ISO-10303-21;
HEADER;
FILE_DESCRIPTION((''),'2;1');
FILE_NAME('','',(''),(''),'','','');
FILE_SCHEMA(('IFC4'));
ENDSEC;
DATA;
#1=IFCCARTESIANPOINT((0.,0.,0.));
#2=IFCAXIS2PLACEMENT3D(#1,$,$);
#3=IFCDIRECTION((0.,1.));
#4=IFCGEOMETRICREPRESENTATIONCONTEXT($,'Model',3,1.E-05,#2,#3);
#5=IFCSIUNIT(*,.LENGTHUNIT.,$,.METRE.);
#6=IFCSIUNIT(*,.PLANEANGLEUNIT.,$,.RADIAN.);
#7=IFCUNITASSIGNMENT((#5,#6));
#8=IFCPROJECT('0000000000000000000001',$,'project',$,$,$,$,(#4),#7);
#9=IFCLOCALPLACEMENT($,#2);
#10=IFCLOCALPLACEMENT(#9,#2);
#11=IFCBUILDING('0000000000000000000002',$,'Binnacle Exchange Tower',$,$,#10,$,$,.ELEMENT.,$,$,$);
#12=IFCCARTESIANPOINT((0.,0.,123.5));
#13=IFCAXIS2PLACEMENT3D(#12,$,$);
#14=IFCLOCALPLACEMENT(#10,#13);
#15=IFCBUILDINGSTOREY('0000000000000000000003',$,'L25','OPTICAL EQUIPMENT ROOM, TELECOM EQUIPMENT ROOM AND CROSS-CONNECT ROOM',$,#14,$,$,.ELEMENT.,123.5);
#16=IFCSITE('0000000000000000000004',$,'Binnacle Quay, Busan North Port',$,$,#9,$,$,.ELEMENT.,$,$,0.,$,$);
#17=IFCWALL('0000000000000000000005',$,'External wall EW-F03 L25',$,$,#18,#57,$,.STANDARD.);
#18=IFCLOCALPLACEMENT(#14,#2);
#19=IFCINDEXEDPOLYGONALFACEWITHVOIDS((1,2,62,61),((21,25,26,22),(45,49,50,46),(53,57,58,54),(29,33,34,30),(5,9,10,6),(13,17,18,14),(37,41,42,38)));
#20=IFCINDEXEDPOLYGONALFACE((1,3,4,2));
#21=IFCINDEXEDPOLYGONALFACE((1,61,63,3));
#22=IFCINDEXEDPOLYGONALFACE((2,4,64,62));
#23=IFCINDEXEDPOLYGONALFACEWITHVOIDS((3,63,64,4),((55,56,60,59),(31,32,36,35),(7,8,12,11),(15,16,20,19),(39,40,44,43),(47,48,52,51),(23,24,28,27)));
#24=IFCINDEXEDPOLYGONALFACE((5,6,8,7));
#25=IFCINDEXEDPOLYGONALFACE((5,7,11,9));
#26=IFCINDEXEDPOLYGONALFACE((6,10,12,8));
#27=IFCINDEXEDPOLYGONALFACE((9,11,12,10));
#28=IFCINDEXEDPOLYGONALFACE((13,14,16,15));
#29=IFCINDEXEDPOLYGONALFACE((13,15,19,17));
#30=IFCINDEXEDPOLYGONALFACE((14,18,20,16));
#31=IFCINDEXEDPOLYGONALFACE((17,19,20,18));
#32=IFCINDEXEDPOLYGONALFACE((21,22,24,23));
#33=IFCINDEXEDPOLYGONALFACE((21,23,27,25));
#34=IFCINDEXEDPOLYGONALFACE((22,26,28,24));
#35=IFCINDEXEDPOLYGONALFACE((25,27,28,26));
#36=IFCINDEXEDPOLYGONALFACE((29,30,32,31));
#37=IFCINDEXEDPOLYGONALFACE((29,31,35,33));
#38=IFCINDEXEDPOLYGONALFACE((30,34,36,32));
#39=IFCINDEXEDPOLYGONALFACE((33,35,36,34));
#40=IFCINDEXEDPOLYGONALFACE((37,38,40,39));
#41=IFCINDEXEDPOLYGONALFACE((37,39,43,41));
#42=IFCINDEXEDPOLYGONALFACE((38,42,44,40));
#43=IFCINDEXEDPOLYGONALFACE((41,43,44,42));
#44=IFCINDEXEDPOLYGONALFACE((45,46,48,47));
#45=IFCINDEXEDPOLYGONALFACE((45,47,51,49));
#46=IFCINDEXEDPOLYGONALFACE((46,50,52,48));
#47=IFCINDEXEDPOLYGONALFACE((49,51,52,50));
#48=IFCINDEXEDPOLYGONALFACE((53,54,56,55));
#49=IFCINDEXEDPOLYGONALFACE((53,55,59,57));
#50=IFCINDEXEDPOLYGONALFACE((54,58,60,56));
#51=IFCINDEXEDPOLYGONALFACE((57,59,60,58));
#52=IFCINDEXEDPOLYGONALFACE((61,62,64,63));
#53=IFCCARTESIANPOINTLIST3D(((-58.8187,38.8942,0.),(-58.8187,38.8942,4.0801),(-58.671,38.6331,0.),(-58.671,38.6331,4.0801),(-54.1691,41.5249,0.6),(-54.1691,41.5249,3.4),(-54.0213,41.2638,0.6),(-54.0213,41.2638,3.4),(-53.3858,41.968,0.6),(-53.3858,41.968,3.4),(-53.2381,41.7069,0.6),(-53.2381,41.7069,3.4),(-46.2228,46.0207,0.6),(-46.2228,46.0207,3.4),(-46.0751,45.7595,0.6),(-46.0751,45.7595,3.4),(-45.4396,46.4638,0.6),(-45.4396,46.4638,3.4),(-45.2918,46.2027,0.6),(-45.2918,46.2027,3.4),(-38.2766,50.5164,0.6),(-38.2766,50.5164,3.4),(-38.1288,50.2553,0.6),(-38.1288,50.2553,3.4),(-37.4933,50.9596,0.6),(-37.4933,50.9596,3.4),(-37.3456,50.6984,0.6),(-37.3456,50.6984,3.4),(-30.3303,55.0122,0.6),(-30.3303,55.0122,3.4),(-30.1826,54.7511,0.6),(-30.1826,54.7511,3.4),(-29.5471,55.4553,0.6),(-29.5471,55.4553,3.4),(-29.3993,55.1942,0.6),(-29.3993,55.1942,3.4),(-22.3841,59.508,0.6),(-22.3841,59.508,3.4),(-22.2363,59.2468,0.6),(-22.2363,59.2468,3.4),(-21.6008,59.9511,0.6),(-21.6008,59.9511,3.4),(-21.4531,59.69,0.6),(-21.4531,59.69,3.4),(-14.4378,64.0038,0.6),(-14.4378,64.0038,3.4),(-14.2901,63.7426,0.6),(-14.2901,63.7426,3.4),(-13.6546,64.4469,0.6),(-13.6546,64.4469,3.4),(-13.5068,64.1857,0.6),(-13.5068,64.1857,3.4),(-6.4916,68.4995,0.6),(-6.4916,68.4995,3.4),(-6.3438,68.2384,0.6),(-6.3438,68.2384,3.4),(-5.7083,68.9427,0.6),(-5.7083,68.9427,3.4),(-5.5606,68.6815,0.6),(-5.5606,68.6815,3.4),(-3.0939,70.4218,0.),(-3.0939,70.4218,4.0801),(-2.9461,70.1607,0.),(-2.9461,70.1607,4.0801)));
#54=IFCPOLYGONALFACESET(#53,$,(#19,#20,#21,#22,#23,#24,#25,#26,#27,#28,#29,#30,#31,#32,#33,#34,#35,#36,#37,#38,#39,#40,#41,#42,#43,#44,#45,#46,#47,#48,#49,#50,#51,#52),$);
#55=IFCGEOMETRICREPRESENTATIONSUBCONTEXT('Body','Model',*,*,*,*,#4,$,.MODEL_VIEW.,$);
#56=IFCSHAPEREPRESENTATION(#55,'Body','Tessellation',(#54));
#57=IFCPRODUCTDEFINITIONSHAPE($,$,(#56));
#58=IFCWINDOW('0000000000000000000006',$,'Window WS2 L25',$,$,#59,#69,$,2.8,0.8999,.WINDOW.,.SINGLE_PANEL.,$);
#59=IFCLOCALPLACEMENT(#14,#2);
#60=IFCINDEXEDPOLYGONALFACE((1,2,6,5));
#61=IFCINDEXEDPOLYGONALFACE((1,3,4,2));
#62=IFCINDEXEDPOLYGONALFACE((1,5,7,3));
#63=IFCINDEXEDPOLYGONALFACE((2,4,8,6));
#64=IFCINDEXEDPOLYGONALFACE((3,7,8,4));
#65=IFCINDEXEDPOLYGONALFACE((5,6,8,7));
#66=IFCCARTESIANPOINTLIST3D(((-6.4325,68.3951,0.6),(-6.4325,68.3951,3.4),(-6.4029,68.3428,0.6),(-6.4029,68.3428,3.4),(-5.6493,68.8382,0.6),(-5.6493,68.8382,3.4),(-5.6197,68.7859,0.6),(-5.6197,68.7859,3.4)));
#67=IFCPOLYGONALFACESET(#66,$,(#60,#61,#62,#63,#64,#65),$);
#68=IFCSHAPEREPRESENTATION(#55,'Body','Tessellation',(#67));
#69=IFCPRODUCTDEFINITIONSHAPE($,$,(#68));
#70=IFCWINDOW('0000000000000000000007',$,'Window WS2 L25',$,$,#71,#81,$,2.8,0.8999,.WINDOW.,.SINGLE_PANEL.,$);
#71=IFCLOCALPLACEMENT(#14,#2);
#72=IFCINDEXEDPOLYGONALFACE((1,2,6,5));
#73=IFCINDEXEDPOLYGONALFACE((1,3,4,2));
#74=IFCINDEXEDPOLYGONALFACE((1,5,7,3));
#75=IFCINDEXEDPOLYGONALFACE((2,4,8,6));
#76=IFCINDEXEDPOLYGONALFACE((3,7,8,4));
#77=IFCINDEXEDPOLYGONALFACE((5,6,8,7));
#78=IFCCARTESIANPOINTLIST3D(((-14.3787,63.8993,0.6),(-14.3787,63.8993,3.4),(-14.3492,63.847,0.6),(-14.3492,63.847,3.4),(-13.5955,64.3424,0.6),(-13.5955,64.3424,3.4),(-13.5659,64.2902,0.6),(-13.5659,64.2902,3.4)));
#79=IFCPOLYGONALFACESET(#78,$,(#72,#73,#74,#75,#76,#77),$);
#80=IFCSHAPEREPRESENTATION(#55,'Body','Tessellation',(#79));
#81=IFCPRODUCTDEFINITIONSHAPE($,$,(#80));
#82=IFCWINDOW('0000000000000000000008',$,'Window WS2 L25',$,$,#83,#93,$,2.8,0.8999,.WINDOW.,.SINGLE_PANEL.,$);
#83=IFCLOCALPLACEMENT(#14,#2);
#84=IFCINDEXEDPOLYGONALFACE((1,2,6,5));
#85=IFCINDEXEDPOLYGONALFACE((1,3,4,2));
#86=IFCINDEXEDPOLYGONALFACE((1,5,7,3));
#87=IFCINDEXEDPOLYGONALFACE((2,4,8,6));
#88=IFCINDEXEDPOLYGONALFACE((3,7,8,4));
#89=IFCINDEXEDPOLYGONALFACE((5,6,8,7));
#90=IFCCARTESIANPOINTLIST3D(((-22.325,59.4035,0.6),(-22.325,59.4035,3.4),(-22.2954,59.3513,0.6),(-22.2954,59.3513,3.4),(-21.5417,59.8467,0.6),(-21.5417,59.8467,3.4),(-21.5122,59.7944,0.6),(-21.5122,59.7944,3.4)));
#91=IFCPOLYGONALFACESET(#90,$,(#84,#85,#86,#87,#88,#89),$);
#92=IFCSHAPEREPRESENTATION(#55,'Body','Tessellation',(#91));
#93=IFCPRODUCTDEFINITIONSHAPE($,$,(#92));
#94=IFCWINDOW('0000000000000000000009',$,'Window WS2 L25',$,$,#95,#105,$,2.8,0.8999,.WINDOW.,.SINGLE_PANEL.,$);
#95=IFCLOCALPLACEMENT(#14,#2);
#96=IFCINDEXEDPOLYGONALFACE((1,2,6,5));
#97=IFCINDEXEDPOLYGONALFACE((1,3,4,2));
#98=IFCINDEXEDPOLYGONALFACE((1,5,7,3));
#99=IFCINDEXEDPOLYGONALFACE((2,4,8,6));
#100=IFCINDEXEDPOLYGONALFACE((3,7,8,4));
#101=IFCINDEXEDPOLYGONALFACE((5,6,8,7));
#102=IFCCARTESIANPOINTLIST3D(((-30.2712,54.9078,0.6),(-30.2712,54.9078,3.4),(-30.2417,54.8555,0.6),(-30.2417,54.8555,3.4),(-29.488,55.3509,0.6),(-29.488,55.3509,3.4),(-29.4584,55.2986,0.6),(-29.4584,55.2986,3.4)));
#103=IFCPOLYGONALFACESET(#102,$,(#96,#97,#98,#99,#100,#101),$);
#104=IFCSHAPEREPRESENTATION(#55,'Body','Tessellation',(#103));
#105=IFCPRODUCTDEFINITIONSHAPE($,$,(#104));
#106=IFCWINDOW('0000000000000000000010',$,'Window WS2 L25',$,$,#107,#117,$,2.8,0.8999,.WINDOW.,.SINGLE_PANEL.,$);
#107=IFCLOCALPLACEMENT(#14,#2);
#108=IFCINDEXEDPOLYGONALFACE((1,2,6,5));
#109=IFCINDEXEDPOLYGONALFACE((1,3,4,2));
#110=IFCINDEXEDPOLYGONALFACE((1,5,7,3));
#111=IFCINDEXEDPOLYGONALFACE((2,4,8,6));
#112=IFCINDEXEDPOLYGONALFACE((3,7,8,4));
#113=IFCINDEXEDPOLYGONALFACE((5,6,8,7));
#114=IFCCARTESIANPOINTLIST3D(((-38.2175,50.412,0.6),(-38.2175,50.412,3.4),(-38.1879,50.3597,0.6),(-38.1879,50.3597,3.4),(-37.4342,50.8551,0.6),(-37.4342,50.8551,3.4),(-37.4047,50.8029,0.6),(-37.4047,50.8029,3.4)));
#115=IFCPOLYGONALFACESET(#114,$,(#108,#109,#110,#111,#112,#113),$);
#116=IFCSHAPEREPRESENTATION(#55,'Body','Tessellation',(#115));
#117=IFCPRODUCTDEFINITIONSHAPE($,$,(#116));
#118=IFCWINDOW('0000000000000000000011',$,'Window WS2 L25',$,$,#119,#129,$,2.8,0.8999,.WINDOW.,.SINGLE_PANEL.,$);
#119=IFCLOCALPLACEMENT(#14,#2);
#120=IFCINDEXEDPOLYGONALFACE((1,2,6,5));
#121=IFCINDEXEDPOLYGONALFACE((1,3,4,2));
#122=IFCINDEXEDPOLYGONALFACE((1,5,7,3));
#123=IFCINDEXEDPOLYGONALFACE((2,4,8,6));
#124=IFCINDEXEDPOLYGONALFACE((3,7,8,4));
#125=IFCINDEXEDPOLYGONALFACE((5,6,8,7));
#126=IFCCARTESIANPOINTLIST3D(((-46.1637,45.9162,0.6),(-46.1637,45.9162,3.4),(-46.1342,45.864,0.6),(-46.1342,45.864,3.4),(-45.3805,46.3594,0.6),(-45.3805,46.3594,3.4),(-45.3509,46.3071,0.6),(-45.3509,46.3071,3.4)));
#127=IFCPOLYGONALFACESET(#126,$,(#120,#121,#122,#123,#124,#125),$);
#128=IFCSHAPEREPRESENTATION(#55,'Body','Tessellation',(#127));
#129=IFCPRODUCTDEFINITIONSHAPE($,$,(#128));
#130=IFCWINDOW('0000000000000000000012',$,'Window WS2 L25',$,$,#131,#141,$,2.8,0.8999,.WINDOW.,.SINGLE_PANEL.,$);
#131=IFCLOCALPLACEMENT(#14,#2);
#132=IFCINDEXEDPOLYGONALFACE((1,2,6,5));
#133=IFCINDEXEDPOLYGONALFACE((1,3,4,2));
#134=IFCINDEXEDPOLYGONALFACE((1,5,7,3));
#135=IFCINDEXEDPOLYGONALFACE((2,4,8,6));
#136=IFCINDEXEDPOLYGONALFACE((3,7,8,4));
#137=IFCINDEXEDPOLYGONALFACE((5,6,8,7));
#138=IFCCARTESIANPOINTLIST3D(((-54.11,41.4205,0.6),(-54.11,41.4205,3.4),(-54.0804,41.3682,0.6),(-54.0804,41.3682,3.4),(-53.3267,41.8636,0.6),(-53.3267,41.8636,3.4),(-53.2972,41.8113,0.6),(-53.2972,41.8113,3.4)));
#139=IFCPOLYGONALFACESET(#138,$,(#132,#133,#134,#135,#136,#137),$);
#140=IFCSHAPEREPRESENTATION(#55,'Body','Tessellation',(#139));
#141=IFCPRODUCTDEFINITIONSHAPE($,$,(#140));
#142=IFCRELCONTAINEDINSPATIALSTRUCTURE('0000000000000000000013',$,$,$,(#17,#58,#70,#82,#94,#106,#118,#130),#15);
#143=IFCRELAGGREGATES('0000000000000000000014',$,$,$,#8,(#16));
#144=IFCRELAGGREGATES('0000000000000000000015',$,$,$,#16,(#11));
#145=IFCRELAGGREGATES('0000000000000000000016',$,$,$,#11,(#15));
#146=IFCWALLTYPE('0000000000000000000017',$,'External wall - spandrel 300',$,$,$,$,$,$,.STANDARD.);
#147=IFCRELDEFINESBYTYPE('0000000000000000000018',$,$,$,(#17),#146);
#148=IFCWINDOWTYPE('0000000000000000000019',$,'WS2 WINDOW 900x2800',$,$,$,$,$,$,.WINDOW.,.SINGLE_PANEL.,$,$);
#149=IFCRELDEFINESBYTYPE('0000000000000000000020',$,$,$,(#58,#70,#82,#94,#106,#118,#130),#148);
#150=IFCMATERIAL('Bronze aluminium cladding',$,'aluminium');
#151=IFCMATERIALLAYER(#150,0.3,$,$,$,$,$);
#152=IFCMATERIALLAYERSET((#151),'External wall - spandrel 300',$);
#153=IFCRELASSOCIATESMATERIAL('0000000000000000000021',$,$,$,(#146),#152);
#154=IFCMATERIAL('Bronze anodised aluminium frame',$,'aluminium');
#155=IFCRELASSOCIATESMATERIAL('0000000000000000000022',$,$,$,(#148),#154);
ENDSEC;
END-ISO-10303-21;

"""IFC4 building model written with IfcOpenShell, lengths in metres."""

from ifc_helpers import new_model, si_unit, direction, frame, frame_2d, origin, place, context, subcontext, project, spatial, rectangle, extrude, material, layer, layer_set, type_object, element, fill, save


model = new_model("IFC4")

# Units and contexts
model_context = context("Model", 3, precision=1e-05, world=origin(), true_north=direction((0.0, 1.0)))
body_context = subcontext(model_context, "Body", "Model", "MODEL_VIEW")
ifc_project = project(units=[si_unit("LENGTHUNIT", "METRE"), si_unit("PLANEANGLEUNIT", "RADIAN")], contexts=[model_context])

# Site, building, storey
site_placement = place(None, origin())
site = spatial("IfcSite", under=ifc_project, at=site_placement, Name="Binnacle Quay, Busan North Port", CompositionType="ELEMENT", RefElevation=0.0)
building_placement = place(site_placement, origin())
building = spatial("IfcBuilding", under=site, at=building_placement, Name="Binnacle Exchange Tower", CompositionType="ELEMENT")
storey_placement = place(building_placement, frame((0.0, 0.0, 123.5)))
storey = spatial("IfcBuildingStorey", under=building, at=storey_placement, Name="L25", Description="OPTICAL EQUIPMENT ROOM, TELECOM EQUIPMENT ROOM AND CROSS-CONNECT ROOM", CompositionType="ELEMENT", Elevation=123.5)

# Wall, openings, windows
ifc_material_1 = material(Name="Bronze aluminium cladding", Category="aluminium")
ifc_layer_1 = layer(ifc_material_1, 0.3)
ifc_layer_set_1 = layer_set([ifc_layer_1], Name="External wall - spandrel 300")
wall_type_1 = type_object("IfcWallType", Name="External wall - spandrel 300", PredefinedType="STANDARD", material=ifc_layer_set_1)
wall_1_placement = place(storey_placement, frame((-58.7449, 38.7637, 0.0), z_axis=(0.0, 0.0, 1.0), x_axis=(0.870356, 0.492423, 0.0)))
wall_1 = element("IfcWall", 1, at=wall_1_placement, inside=storey, type_object=wall_type_1, Name="External wall EW-F03 L25", PredefinedType="STANDARD", context=body_context, shape_type="SweptSolid", body=[
    extrude(rectangle(XDim=64.0254, YDim=0.3, at=frame_2d((32.0127, 0.0))), origin(), (0.0, 0.0, 1.0), 4.0801),
])
opening_1_placement = place(wall_1_placement, frame((60.1216, 0.0, 0.6001)))
opening_1 = element("IfcOpeningElement", 2, at=opening_1_placement, cuts=wall_1, PredefinedType="OPENING", context=body_context, shape_type="SweptSolid", body=[
    extrude(rectangle(XDim=0.8999, YDim=2.8, at=frame_2d((0.45, 1.3999))), frame((0.0, 0.1599, 0.0), z_axis=(0.0, -1.0, 0.0), x_axis=(1.0, 0.0, 0.0)), (0.0, 0.0, 1.0), 0.3201),
])
opening_2_placement = place(wall_1_placement, frame((50.9917, 0.0, 0.6001)))
opening_2 = element("IfcOpeningElement", 3, at=opening_2_placement, cuts=wall_1, PredefinedType="OPENING", context=body_context, shape_type="SweptSolid", body=[
    extrude(rectangle(XDim=0.8999, YDim=2.8, at=frame_2d((0.45, 1.3999))), frame((0.0, 0.1599, 0.0), z_axis=(0.0, -1.0, 0.0), x_axis=(1.0, 0.0, 0.0)), (0.0, 0.0, 1.0), 0.3201),
])
opening_3_placement = place(wall_1_placement, frame((41.8618, 0.0, 0.6001)))
opening_3 = element("IfcOpeningElement", 4, at=opening_3_placement, cuts=wall_1, PredefinedType="OPENING", context=body_context, shape_type="SweptSolid", body=[
    extrude(rectangle(XDim=0.8999, YDim=2.8, at=frame_2d((0.45, 1.3999))), frame((0.0, 0.1599, 0.0), z_axis=(0.0, -1.0, 0.0), x_axis=(1.0, 0.0, 0.0)), (0.0, 0.0, 1.0), 0.3201),
])
opening_4_placement = place(wall_1_placement, frame((32.7319, 0.0, 0.6001)))
opening_4 = element("IfcOpeningElement", 5, at=opening_4_placement, cuts=wall_1, PredefinedType="OPENING", context=body_context, shape_type="SweptSolid", body=[
    extrude(rectangle(XDim=0.8999, YDim=2.8, at=frame_2d((0.45, 1.3999))), frame((0.0, 0.1599, 0.0), z_axis=(0.0, -1.0, 0.0), x_axis=(1.0, 0.0, 0.0)), (0.0, 0.0, 1.0), 0.3201),
])
opening_5_placement = place(wall_1_placement, frame((23.6021, 0.0, 0.6001)))
opening_5 = element("IfcOpeningElement", 6, at=opening_5_placement, cuts=wall_1, PredefinedType="OPENING", context=body_context, shape_type="SweptSolid", body=[
    extrude(rectangle(XDim=0.8999, YDim=2.8, at=frame_2d((0.45, 1.3999))), frame((0.0, 0.1599, 0.0), z_axis=(0.0, -1.0, 0.0), x_axis=(1.0, 0.0, 0.0)), (0.0, 0.0, 1.0), 0.3201),
])
opening_6_placement = place(wall_1_placement, frame((14.4722, 0.0, 0.6001)))
opening_6 = element("IfcOpeningElement", 7, at=opening_6_placement, cuts=wall_1, PredefinedType="OPENING", context=body_context, shape_type="SweptSolid", body=[
    extrude(rectangle(XDim=0.8999, YDim=2.8, at=frame_2d((0.45, 1.3999))), frame((0.0, 0.1599, 0.0), z_axis=(0.0, -1.0, 0.0), x_axis=(1.0, 0.0, 0.0)), (0.0, 0.0, 1.0), 0.3201),
])
opening_7_placement = place(wall_1_placement, frame((5.3423, 0.0, 0.6001)))
opening_7 = element("IfcOpeningElement", 8, at=opening_7_placement, cuts=wall_1, PredefinedType="OPENING", context=body_context, shape_type="SweptSolid", body=[
    extrude(rectangle(XDim=0.8999, YDim=2.8, at=frame_2d((0.45, 1.3999))), frame((0.0, 0.1599, 0.0), z_axis=(0.0, -1.0, 0.0), x_axis=(1.0, 0.0, 0.0)), (0.0, 0.0, 1.0), 0.3201),
])
ifc_material_2 = material(Name="Bronze anodised aluminium frame", Category="aluminium")
window_type = type_object("IfcWindowType", Name="WS2 WINDOW 900x2800", PartitioningType="SINGLE_PANEL", PredefinedType="WINDOW", material=ifc_material_2)
window_1_placement = place(opening_1_placement, origin())
window_1 = element("IfcWindow", 9, at=window_1_placement, inside=storey, type_object=window_type, Name="Window WS2 L25", OverallHeight=2.8, OverallWidth=0.8999, PartitioningType="SINGLE_PANEL", PredefinedType="WINDOW", context=body_context, shape_type="SweptSolid", body=[
    extrude(rectangle(XDim=0.8999, YDim=2.8, at=frame_2d((0.45, 1.3999))), frame((0.0, 0.03, 0.0), z_axis=(0.0, -1.0, 0.0), x_axis=(1.0, 0.0, 0.0)), (0.0, 0.0, 1.0), 0.0601),
])
fill(opening_1, window_1)
window_2_placement = place(opening_2_placement, origin())
window_2 = element("IfcWindow", 10, at=window_2_placement, inside=storey, type_object=window_type, Name="Window WS2 L25", OverallHeight=2.8, OverallWidth=0.8999, PartitioningType="SINGLE_PANEL", PredefinedType="WINDOW", context=body_context, shape_type="SweptSolid", body=[
    extrude(rectangle(XDim=0.8999, YDim=2.8, at=frame_2d((0.45, 1.3999))), frame((0.0, 0.03, 0.0), z_axis=(0.0, -1.0, 0.0), x_axis=(1.0, 0.0, 0.0)), (0.0, 0.0, 1.0), 0.0601),
])
fill(opening_2, window_2)
window_3_placement = place(opening_3_placement, origin())
window_3 = element("IfcWindow", 11, at=window_3_placement, inside=storey, type_object=window_type, Name="Window WS2 L25", OverallHeight=2.8, OverallWidth=0.8999, PartitioningType="SINGLE_PANEL", PredefinedType="WINDOW", context=body_context, shape_type="SweptSolid", body=[
    extrude(rectangle(XDim=0.8999, YDim=2.8, at=frame_2d((0.45, 1.3999))), frame((0.0, 0.03, 0.0), z_axis=(0.0, -1.0, 0.0), x_axis=(1.0, 0.0, 0.0)), (0.0, 0.0, 1.0), 0.0601),
])
fill(opening_3, window_3)
window_4_placement = place(opening_4_placement, origin())
window_4 = element("IfcWindow", 12, at=window_4_placement, inside=storey, type_object=window_type, Name="Window WS2 L25", OverallHeight=2.8, OverallWidth=0.8999, PartitioningType="SINGLE_PANEL", PredefinedType="WINDOW", context=body_context, shape_type="SweptSolid", body=[
    extrude(rectangle(XDim=0.8999, YDim=2.8, at=frame_2d((0.45, 1.3999))), frame((0.0, 0.03, 0.0), z_axis=(0.0, -1.0, 0.0), x_axis=(1.0, 0.0, 0.0)), (0.0, 0.0, 1.0), 0.0601),
])
fill(opening_4, window_4)
window_5_placement = place(opening_5_placement, origin())
window_5 = element("IfcWindow", 13, at=window_5_placement, inside=storey, type_object=window_type, Name="Window WS2 L25", OverallHeight=2.8, OverallWidth=0.8999, PartitioningType="SINGLE_PANEL", PredefinedType="WINDOW", context=body_context, shape_type="SweptSolid", body=[
    extrude(rectangle(XDim=0.8999, YDim=2.8, at=frame_2d((0.45, 1.3999))), frame((0.0, 0.03, 0.0), z_axis=(0.0, -1.0, 0.0), x_axis=(1.0, 0.0, 0.0)), (0.0, 0.0, 1.0), 0.0601),
])
fill(opening_5, window_5)
window_6_placement = place(opening_6_placement, origin())
window_6 = element("IfcWindow", 14, at=window_6_placement, inside=storey, type_object=window_type, Name="Window WS2 L25", OverallHeight=2.8, OverallWidth=0.8999, PartitioningType="SINGLE_PANEL", PredefinedType="WINDOW", context=body_context, shape_type="SweptSolid", body=[
    extrude(rectangle(XDim=0.8999, YDim=2.8, at=frame_2d((0.45, 1.3999))), frame((0.0, 0.03, 0.0), z_axis=(0.0, -1.0, 0.0), x_axis=(1.0, 0.0, 0.0)), (0.0, 0.0, 1.0), 0.0601),
])
fill(opening_6, window_6)
window_7_placement = place(opening_7_placement, origin())
window_7 = element("IfcWindow", 15, at=window_7_placement, inside=storey, type_object=window_type, Name="Window WS2 L25", OverallHeight=2.8, OverallWidth=0.8999, PartitioningType="SINGLE_PANEL", PredefinedType="WINDOW", context=body_context, shape_type="SweptSolid", body=[
    extrude(rectangle(XDim=0.8999, YDim=2.8, at=frame_2d((0.45, 1.3999))), frame((0.0, 0.03, 0.0), z_axis=(0.0, -1.0, 0.0), x_axis=(1.0, 0.0, 0.0)), (0.0, 0.0, 1.0), 0.0601),
])
fill(opening_7, window_7)

save(model, "model.ifc")
